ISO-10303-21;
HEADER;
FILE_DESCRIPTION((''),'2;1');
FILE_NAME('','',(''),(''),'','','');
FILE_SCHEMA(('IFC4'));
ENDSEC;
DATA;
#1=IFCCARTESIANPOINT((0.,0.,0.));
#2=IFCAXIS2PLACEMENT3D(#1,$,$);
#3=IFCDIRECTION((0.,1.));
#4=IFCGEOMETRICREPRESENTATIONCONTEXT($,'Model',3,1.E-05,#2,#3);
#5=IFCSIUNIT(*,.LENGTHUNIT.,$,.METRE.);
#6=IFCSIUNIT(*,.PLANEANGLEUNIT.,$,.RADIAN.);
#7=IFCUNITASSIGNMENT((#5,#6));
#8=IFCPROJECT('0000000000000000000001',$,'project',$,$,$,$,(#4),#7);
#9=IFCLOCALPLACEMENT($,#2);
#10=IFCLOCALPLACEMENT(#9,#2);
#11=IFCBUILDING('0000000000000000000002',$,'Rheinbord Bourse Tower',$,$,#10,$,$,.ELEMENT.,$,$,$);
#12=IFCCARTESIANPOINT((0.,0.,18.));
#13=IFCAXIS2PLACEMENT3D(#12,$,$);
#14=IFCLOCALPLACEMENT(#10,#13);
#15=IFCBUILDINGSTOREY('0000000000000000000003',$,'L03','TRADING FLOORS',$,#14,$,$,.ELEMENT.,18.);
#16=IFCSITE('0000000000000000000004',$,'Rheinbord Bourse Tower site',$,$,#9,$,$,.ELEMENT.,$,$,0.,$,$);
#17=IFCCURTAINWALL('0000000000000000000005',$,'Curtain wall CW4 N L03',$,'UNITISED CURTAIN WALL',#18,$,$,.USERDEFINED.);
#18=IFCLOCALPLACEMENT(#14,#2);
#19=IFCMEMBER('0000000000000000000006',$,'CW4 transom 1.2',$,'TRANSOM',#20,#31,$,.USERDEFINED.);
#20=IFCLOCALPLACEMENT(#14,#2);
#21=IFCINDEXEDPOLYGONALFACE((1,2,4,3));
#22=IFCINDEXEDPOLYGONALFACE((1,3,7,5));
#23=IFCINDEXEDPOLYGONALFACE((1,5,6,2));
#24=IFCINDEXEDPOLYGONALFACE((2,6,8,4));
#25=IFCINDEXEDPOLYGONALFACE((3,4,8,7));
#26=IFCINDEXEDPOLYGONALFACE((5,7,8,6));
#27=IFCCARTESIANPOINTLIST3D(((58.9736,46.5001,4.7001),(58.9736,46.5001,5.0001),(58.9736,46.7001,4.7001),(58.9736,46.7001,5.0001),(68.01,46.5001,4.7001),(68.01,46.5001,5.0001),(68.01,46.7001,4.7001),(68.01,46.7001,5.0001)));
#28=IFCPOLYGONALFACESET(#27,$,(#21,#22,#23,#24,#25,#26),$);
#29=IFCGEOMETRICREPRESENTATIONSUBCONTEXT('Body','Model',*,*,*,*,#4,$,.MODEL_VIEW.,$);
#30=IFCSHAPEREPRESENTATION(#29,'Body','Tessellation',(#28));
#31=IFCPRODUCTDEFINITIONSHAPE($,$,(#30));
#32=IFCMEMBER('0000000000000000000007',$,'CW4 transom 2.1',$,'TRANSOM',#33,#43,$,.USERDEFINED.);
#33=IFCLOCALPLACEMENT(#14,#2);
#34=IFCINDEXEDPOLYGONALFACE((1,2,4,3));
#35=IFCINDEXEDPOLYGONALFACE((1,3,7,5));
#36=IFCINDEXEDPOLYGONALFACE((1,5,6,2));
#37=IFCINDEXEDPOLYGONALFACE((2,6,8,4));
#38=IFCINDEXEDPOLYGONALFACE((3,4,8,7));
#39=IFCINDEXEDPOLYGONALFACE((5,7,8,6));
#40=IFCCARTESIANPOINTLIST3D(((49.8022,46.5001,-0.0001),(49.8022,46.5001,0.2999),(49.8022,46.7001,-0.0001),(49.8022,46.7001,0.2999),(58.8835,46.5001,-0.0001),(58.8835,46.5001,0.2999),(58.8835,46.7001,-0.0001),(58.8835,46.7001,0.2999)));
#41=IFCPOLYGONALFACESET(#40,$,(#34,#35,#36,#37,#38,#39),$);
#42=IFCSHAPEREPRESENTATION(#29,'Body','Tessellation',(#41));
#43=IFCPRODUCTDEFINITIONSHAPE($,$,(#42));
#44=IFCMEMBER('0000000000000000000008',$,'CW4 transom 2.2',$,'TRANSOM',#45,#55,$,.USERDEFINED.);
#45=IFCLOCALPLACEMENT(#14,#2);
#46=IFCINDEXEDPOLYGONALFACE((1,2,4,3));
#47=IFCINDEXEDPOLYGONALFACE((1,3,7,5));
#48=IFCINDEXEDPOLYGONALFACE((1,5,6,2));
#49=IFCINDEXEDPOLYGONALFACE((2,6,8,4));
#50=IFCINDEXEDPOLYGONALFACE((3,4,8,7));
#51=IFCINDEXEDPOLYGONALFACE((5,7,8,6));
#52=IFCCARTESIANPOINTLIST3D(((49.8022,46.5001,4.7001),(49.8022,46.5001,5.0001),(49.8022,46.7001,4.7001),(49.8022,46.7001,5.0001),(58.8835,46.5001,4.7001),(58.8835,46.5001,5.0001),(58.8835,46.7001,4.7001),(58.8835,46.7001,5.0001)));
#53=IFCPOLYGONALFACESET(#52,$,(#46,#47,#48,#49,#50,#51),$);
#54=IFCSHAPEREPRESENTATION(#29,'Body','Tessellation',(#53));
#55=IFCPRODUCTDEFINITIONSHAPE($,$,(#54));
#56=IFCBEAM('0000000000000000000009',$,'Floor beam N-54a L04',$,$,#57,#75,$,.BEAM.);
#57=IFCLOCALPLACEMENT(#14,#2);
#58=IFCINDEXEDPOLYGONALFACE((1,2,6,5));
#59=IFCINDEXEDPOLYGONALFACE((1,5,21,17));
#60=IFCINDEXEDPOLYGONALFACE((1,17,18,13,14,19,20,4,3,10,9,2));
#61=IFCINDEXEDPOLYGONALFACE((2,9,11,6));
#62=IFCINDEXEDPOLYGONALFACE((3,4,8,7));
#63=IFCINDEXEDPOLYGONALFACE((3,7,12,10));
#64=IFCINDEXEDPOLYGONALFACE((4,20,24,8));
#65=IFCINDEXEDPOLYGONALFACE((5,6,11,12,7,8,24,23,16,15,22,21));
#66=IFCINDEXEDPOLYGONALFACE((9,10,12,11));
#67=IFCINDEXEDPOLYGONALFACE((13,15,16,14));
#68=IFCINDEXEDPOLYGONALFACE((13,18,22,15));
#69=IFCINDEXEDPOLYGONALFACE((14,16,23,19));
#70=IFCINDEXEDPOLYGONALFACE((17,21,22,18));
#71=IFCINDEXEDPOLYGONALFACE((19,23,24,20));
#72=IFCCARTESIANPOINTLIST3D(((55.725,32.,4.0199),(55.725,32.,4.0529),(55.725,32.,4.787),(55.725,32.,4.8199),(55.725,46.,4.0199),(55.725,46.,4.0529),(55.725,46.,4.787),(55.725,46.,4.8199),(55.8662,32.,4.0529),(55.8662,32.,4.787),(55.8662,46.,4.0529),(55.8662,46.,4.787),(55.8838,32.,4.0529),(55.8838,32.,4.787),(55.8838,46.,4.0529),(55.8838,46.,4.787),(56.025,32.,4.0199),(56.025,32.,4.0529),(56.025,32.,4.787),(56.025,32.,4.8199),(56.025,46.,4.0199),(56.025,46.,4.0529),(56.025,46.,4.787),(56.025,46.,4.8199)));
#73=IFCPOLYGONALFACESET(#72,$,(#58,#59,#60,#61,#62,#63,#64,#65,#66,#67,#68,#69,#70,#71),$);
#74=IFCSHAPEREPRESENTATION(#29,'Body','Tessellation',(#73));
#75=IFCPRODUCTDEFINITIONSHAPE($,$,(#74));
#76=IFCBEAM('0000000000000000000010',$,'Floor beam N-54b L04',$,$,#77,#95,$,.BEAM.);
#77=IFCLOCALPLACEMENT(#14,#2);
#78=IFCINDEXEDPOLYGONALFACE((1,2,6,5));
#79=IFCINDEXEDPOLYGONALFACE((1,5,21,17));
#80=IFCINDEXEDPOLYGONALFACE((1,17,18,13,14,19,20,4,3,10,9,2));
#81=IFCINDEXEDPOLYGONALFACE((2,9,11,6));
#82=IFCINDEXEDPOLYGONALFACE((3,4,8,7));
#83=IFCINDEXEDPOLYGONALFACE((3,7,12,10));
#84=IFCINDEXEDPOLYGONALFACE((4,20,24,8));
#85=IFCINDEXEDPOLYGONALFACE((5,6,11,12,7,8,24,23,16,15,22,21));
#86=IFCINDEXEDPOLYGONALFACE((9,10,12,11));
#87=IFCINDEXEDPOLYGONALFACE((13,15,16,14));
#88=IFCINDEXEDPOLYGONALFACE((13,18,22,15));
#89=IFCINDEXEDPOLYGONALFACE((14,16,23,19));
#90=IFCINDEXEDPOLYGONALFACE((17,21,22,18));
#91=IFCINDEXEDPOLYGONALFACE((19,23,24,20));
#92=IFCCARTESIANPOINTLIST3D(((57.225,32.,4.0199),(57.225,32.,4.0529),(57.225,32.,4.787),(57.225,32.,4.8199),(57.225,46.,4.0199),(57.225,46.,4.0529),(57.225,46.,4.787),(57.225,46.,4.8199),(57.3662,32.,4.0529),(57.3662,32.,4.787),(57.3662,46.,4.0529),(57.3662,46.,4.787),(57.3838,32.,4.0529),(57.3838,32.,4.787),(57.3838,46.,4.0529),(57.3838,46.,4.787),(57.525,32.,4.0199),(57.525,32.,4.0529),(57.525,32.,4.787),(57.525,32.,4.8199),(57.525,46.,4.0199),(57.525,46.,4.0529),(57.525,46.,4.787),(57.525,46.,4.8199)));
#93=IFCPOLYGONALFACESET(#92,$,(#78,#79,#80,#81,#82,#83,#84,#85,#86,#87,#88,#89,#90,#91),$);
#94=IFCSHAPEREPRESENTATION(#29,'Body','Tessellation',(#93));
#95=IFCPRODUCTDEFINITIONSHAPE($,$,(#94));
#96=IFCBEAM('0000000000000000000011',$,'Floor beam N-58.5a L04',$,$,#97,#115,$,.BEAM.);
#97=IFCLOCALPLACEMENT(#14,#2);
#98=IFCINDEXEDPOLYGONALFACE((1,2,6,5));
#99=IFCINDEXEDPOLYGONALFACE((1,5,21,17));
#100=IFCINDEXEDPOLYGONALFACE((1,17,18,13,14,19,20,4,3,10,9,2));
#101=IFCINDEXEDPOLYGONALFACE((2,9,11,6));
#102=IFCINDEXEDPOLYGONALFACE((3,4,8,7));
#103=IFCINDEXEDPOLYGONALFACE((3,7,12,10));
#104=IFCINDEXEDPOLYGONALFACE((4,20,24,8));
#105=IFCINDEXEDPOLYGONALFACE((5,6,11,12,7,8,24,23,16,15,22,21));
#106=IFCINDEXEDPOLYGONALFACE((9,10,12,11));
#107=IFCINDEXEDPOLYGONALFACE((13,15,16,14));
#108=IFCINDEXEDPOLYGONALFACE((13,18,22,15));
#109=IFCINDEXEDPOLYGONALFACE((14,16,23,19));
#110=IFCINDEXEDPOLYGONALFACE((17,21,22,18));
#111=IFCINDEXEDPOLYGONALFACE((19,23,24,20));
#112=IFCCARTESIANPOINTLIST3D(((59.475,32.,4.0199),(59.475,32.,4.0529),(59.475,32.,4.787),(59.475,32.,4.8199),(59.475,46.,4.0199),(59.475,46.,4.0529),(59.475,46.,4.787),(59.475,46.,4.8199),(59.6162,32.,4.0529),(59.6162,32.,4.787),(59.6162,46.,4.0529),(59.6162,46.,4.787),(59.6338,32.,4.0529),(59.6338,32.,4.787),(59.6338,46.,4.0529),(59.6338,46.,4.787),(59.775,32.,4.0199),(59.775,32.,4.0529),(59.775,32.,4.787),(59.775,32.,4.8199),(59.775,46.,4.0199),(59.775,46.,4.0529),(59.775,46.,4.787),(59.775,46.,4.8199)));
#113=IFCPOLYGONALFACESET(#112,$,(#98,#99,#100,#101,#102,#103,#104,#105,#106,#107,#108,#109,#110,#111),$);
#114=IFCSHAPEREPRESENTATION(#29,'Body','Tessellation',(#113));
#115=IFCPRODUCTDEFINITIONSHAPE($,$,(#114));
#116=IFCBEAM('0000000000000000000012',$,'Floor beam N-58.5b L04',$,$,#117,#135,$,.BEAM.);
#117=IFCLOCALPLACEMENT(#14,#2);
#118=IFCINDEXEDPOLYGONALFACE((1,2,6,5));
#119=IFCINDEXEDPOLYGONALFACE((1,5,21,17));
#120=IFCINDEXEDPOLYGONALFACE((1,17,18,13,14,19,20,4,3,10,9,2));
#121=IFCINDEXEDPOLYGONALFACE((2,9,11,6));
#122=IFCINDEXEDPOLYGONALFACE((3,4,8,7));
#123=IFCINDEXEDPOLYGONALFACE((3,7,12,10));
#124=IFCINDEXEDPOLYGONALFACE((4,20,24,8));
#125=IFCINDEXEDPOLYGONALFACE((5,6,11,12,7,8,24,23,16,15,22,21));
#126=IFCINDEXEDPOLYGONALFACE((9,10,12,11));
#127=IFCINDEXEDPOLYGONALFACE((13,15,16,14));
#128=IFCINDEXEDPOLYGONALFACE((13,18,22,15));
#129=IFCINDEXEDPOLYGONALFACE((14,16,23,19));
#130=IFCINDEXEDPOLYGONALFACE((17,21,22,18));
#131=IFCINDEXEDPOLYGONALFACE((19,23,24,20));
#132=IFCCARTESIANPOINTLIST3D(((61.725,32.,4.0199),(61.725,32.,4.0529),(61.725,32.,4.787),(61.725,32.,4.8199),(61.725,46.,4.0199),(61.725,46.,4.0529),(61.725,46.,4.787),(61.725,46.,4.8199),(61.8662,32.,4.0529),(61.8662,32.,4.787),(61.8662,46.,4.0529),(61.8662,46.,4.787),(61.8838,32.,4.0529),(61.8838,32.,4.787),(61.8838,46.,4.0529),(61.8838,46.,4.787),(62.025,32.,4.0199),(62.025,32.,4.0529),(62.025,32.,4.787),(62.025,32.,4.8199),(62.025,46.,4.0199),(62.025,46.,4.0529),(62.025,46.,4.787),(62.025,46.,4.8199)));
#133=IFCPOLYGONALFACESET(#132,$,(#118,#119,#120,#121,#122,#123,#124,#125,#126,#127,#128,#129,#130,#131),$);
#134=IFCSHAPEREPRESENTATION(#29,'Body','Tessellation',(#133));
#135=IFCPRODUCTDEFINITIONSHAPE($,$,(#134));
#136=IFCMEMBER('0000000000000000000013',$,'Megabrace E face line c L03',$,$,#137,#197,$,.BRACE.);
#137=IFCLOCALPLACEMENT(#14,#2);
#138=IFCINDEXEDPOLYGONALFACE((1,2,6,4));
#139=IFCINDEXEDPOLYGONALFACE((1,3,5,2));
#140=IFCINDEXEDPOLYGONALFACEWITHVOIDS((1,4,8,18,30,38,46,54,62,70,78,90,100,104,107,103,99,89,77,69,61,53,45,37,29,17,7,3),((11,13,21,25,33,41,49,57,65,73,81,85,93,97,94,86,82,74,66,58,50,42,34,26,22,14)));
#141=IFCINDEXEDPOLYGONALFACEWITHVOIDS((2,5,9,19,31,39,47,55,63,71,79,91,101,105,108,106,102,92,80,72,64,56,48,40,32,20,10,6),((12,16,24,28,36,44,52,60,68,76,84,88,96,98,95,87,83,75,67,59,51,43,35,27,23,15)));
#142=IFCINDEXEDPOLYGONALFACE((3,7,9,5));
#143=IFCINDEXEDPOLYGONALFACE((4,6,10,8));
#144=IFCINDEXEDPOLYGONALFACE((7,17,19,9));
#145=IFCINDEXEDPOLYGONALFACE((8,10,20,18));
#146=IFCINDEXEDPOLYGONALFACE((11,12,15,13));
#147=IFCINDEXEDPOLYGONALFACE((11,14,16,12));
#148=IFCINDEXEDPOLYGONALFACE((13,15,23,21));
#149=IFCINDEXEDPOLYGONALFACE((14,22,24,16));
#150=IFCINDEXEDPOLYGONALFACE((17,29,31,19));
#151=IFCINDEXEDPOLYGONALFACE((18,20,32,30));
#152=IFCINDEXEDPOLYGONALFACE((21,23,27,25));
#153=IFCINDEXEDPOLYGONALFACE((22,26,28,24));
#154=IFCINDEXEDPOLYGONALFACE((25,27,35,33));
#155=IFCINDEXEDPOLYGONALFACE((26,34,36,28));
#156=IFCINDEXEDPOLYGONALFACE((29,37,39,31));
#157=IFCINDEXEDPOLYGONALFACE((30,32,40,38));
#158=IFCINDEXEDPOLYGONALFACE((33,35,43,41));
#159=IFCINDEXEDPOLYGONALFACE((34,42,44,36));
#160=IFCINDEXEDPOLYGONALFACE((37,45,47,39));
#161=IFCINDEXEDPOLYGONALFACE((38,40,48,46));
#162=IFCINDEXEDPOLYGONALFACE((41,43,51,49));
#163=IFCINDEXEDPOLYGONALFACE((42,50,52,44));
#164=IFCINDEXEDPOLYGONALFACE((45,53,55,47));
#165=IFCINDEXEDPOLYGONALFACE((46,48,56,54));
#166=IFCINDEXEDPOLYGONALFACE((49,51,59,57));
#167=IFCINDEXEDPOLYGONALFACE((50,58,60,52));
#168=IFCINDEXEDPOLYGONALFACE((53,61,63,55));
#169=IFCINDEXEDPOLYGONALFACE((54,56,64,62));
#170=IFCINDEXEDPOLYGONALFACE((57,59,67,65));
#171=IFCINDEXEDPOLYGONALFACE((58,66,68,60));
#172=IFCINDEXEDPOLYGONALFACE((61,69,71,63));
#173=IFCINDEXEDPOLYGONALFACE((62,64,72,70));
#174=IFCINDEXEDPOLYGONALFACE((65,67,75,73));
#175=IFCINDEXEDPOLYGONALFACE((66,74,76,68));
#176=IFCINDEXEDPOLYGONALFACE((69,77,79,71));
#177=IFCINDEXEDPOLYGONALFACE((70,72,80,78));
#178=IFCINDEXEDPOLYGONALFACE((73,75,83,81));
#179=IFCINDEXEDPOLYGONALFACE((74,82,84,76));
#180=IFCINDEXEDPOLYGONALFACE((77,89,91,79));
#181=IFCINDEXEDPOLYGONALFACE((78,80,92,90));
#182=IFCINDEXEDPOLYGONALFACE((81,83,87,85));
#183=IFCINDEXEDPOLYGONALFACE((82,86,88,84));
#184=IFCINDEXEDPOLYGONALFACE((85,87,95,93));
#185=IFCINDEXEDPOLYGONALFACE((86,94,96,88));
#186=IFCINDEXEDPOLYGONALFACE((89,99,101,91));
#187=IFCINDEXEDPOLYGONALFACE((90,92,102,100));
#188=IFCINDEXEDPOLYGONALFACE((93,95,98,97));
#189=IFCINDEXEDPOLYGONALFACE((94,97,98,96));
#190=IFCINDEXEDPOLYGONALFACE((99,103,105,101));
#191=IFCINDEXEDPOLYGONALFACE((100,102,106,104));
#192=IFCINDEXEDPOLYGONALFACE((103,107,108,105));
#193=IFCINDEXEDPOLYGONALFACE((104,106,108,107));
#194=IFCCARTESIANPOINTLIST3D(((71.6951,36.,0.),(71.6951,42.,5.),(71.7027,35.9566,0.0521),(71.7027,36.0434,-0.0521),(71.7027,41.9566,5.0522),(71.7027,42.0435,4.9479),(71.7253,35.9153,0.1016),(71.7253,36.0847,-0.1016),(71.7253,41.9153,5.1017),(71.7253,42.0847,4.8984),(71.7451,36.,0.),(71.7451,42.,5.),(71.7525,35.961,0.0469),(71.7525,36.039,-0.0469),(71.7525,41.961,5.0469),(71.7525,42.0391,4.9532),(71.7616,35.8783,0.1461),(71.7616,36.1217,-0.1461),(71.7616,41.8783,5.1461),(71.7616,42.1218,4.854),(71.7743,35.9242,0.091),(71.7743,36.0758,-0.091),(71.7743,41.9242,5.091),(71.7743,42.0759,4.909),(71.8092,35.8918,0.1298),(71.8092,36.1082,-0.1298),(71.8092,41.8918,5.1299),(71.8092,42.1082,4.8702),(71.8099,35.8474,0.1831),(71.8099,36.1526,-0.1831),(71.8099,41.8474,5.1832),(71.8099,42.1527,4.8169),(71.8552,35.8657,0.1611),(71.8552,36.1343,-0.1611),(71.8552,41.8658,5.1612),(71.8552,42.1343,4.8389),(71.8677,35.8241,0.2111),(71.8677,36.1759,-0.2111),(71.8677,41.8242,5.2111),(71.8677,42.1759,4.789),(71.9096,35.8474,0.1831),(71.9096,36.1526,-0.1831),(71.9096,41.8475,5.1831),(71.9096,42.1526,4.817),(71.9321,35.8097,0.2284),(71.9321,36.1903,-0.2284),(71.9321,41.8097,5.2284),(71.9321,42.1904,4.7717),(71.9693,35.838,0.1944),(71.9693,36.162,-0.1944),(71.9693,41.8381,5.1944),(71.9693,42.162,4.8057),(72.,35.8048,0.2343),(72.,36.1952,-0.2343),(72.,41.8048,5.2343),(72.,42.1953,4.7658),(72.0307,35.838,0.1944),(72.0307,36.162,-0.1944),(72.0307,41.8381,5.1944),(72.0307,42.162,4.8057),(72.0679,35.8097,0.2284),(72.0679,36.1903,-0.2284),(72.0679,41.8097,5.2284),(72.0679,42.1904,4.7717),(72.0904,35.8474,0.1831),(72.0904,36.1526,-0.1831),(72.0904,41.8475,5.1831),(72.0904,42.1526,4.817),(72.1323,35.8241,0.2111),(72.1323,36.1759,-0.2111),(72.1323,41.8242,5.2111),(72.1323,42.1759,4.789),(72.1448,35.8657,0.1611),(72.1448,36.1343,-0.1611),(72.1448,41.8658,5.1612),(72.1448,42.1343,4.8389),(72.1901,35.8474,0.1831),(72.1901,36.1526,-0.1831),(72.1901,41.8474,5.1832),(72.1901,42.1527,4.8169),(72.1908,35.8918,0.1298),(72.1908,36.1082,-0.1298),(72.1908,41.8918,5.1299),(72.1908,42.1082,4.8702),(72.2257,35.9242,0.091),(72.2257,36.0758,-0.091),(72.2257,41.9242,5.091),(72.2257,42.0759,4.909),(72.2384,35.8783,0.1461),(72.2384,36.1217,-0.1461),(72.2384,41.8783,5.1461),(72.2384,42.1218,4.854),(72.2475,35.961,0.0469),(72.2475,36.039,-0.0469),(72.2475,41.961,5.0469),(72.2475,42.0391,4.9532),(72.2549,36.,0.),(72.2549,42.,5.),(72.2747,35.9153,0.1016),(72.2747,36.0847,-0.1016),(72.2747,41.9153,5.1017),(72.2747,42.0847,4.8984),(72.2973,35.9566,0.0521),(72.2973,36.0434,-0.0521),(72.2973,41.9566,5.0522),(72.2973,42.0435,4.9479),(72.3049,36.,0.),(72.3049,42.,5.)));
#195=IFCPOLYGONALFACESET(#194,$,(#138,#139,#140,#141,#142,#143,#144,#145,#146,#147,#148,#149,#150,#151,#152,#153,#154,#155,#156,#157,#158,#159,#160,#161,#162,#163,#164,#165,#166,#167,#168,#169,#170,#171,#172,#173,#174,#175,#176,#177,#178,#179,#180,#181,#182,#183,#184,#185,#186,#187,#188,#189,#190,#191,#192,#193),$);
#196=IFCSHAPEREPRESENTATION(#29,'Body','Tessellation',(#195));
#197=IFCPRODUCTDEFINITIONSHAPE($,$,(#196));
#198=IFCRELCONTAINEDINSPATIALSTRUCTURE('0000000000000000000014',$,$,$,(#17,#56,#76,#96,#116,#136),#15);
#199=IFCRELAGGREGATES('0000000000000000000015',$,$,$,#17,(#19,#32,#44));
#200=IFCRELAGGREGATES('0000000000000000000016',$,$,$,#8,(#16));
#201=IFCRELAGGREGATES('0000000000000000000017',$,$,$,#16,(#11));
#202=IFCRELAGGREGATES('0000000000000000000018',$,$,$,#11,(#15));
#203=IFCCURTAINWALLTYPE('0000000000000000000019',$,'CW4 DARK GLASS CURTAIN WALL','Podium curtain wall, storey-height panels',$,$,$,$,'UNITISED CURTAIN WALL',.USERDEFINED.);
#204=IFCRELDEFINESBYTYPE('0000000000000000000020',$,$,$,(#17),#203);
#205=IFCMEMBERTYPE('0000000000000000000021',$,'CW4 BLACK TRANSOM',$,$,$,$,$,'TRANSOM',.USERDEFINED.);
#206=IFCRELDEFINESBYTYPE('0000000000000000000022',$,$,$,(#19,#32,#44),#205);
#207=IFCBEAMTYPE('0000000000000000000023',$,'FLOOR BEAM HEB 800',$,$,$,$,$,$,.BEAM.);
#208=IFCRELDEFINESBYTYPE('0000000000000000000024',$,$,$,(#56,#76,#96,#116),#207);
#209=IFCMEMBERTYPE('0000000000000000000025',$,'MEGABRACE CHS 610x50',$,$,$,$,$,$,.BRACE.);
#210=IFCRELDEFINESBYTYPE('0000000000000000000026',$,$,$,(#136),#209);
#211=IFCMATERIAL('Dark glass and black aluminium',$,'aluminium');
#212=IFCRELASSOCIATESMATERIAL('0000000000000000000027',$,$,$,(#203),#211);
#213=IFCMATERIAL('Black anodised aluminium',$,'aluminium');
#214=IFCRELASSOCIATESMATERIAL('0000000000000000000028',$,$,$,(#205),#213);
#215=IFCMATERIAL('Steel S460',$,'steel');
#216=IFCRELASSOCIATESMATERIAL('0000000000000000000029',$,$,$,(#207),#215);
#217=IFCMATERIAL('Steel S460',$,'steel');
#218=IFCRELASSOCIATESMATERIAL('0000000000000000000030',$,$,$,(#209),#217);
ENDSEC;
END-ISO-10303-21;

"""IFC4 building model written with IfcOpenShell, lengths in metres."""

from ifc_helpers import new_model, si_unit, direction, frame, origin, origin_2d, place, context, subcontext, project, spatial, rectangle, hollow_circle, i_section, extrude, material, material_profile, profile_set, type_object, element, aggregate, save


model = new_model("IFC4")

# Units and contexts
model_context = context("Model", 3, precision=1e-05, world=origin(), true_north=direction((0.0, 1.0)))
body_context = subcontext(model_context, "Body", "Model", "MODEL_VIEW")
ifc_project = project(units=[si_unit("LENGTHUNIT", "METRE"), si_unit("PLANEANGLEUNIT", "RADIAN")], contexts=[model_context])

# Site, building, storey
site_placement = place(None, origin())
site = spatial("IfcSite", under=ifc_project, at=site_placement, Name="Rheinbord Bourse Tower site", CompositionType="ELEMENT", RefElevation=0.0)
building_placement = place(site_placement, origin())
building = spatial("IfcBuilding", under=site, at=building_placement, Name="Rheinbord Bourse Tower", CompositionType="ELEMENT")
storey_placement = place(building_placement, frame((0.0, 0.0, 18.0)))
storey = spatial("IfcBuildingStorey", under=building, at=storey_placement, Name="L03", Description="TRADING FLOORS", CompositionType="ELEMENT", Elevation=18.0)

# Curtain wall, members
ifc_material_1 = material(Name="Dark glass and black aluminium", Category="aluminium")
curtain_wall_type = type_object("IfcCurtainWallType", Name="CW4 DARK GLASS CURTAIN WALL", Description="Podium curtain wall, storey-height panels", ElementType="UNITISED CURTAIN WALL", PredefinedType="USERDEFINED", material=ifc_material_1)
curtain_wall_1_placement = place(storey_placement, origin())
curtain_wall_1 = element("IfcCurtainWall", 1, at=curtain_wall_1_placement, inside=storey, type_object=curtain_wall_type, Name="Curtain wall CW4 N L03", ObjectType="UNITISED CURTAIN WALL", PredefinedType="USERDEFINED")
ifc_material_2 = material(Name="Black anodised aluminium", Category="aluminium")
ifc_material_profile_1 = material_profile(ifc_material_2, rectangle(XDim=0.2, YDim=0.3, at=origin_2d()), Name="CW4 TRANSOM 300x200")
ifc_profile_set_1 = profile_set([ifc_material_profile_1], Name="Black anodised aluminium")
member_type_1 = type_object("IfcMemberType", Name="CW4 BLACK TRANSOM", ElementType="TRANSOM", PredefinedType="USERDEFINED", material=ifc_profile_set_1)
member_1_placement = place(storey_placement, frame((68.01, 46.6001, 4.8501), z_axis=(-1.0, 0.0, 0.0), x_axis=(0.0, -1.0, 0.0)))
member_1 = element("IfcMember", 2, at=member_1_placement, type_object=member_type_1, Name="CW4 transom 1.2", ObjectType="TRANSOM", PredefinedType="USERDEFINED", context=body_context, shape_type="SweptSolid", body=[
    extrude(rectangle(XDim=0.2, YDim=0.3, at=origin_2d()), origin(), (0.0, 0.0, 1.0), 9.0364),
])
member_2_placement = place(storey_placement, frame((58.8835, 46.6001, 0.1499), z_axis=(-1.0, 0.0, 0.0), x_axis=(0.0, -1.0, 0.0)))
member_2 = element("IfcMember", 3, at=member_2_placement, type_object=member_type_1, Name="CW4 transom 2.1", ObjectType="TRANSOM", PredefinedType="USERDEFINED", context=body_context, shape_type="SweptSolid", body=[
    extrude(rectangle(XDim=0.2, YDim=0.3, at=origin_2d()), origin(), (0.0, 0.0, 1.0), 9.0813),
])
member_3_placement = place(storey_placement, frame((58.8835, 46.6001, 4.8501), z_axis=(-1.0, 0.0, 0.0), x_axis=(0.0, -1.0, 0.0)))
member_3 = element("IfcMember", 4, at=member_3_placement, type_object=member_type_1, Name="CW4 transom 2.2", ObjectType="TRANSOM", PredefinedType="USERDEFINED", context=body_context, shape_type="SweptSolid", body=[
    extrude(rectangle(XDim=0.2, YDim=0.3, at=origin_2d()), origin(), (0.0, 0.0, 1.0), 9.0813),
])

# Beams
ifc_material_3 = material(Name="Steel S460", Category="steel")
ifc_material_profile_2 = material_profile(ifc_material_3, i_section(OverallWidth=0.3, OverallDepth=0.8, WebThickness=0.0176, FlangeThickness=0.033, at=origin_2d()), Name="HEB 800")
ifc_profile_set_2 = profile_set([ifc_material_profile_2], Name="Steel S460")
beam_type_1 = type_object("IfcBeamType", Name="FLOOR BEAM HEB 800", PredefinedType="BEAM", material=ifc_profile_set_2)
for number, where, z_axis, x_axis, name in (
    (5, (55.875, 46.0, 4.4199), (0.0, -1.0, 0.0), (1.0, 0.0, 0.0), "Floor beam N-54a L04"),
    (6, (57.375, 46.0, 4.4199), (0.0, -1.0, 0.0), (1.0, 0.0, 0.0), "Floor beam N-54b L04"),
    (7, (59.625, 46.0, 4.4199), (0.0, -1.0, 0.0), (1.0, 0.0, 0.0), "Floor beam N-58.5a L04"),
    (8, (61.875, 46.0, 4.4199), (0.0, -1.0, 0.0), (1.0, 0.0, 0.0), "Floor beam N-58.5b L04"),
):
    element("IfcBeam", number, at=place(storey_placement, frame(where, z_axis=z_axis, x_axis=x_axis)), inside=storey, type_object=beam_type_1, Name=name, PredefinedType="BEAM", context=body_context, shape_type="SweptSolid", body=[
        extrude(i_section(OverallWidth=0.3, OverallDepth=0.8, WebThickness=0.0176, FlangeThickness=0.033, at=origin_2d()), origin(), (0.0, 0.0, 1.0), 14.0),
    ])

# Member
ifc_material_4 = material(Name="Steel S460", Category="steel")
ifc_material_profile_3 = material_profile(ifc_material_4, hollow_circle(Radius=0.3049, WallThickness=0.05, at=origin_2d()), Name="CHS 610x50")
ifc_profile_set_3 = profile_set([ifc_material_profile_3], Name="Steel S460")
member_type_2 = type_object("IfcMemberType", Name="MEGABRACE CHS 610x50", PredefinedType="BRACE", material=ifc_profile_set_3)
member_4_placement = place(storey_placement, frame((72.0, 36.0, 0.0), z_axis=(0.0, 0.768221, 0.640184), x_axis=(-1.0, 0.0, 0.0)))
element("IfcMember", 9, at=member_4_placement, inside=storey, type_object=member_type_2, Name="Megabrace E face line c L03", PredefinedType="BRACE", context=body_context, shape_type="SweptSolid", body=[
    extrude(hollow_circle(Radius=0.3049, WallThickness=0.05, at=origin_2d()), origin(), (0.0, 0.0, 1.0), 7.8103),
])

aggregate(curtain_wall_1, [member_1, member_2, member_3])

save(model, "model.ifc")
